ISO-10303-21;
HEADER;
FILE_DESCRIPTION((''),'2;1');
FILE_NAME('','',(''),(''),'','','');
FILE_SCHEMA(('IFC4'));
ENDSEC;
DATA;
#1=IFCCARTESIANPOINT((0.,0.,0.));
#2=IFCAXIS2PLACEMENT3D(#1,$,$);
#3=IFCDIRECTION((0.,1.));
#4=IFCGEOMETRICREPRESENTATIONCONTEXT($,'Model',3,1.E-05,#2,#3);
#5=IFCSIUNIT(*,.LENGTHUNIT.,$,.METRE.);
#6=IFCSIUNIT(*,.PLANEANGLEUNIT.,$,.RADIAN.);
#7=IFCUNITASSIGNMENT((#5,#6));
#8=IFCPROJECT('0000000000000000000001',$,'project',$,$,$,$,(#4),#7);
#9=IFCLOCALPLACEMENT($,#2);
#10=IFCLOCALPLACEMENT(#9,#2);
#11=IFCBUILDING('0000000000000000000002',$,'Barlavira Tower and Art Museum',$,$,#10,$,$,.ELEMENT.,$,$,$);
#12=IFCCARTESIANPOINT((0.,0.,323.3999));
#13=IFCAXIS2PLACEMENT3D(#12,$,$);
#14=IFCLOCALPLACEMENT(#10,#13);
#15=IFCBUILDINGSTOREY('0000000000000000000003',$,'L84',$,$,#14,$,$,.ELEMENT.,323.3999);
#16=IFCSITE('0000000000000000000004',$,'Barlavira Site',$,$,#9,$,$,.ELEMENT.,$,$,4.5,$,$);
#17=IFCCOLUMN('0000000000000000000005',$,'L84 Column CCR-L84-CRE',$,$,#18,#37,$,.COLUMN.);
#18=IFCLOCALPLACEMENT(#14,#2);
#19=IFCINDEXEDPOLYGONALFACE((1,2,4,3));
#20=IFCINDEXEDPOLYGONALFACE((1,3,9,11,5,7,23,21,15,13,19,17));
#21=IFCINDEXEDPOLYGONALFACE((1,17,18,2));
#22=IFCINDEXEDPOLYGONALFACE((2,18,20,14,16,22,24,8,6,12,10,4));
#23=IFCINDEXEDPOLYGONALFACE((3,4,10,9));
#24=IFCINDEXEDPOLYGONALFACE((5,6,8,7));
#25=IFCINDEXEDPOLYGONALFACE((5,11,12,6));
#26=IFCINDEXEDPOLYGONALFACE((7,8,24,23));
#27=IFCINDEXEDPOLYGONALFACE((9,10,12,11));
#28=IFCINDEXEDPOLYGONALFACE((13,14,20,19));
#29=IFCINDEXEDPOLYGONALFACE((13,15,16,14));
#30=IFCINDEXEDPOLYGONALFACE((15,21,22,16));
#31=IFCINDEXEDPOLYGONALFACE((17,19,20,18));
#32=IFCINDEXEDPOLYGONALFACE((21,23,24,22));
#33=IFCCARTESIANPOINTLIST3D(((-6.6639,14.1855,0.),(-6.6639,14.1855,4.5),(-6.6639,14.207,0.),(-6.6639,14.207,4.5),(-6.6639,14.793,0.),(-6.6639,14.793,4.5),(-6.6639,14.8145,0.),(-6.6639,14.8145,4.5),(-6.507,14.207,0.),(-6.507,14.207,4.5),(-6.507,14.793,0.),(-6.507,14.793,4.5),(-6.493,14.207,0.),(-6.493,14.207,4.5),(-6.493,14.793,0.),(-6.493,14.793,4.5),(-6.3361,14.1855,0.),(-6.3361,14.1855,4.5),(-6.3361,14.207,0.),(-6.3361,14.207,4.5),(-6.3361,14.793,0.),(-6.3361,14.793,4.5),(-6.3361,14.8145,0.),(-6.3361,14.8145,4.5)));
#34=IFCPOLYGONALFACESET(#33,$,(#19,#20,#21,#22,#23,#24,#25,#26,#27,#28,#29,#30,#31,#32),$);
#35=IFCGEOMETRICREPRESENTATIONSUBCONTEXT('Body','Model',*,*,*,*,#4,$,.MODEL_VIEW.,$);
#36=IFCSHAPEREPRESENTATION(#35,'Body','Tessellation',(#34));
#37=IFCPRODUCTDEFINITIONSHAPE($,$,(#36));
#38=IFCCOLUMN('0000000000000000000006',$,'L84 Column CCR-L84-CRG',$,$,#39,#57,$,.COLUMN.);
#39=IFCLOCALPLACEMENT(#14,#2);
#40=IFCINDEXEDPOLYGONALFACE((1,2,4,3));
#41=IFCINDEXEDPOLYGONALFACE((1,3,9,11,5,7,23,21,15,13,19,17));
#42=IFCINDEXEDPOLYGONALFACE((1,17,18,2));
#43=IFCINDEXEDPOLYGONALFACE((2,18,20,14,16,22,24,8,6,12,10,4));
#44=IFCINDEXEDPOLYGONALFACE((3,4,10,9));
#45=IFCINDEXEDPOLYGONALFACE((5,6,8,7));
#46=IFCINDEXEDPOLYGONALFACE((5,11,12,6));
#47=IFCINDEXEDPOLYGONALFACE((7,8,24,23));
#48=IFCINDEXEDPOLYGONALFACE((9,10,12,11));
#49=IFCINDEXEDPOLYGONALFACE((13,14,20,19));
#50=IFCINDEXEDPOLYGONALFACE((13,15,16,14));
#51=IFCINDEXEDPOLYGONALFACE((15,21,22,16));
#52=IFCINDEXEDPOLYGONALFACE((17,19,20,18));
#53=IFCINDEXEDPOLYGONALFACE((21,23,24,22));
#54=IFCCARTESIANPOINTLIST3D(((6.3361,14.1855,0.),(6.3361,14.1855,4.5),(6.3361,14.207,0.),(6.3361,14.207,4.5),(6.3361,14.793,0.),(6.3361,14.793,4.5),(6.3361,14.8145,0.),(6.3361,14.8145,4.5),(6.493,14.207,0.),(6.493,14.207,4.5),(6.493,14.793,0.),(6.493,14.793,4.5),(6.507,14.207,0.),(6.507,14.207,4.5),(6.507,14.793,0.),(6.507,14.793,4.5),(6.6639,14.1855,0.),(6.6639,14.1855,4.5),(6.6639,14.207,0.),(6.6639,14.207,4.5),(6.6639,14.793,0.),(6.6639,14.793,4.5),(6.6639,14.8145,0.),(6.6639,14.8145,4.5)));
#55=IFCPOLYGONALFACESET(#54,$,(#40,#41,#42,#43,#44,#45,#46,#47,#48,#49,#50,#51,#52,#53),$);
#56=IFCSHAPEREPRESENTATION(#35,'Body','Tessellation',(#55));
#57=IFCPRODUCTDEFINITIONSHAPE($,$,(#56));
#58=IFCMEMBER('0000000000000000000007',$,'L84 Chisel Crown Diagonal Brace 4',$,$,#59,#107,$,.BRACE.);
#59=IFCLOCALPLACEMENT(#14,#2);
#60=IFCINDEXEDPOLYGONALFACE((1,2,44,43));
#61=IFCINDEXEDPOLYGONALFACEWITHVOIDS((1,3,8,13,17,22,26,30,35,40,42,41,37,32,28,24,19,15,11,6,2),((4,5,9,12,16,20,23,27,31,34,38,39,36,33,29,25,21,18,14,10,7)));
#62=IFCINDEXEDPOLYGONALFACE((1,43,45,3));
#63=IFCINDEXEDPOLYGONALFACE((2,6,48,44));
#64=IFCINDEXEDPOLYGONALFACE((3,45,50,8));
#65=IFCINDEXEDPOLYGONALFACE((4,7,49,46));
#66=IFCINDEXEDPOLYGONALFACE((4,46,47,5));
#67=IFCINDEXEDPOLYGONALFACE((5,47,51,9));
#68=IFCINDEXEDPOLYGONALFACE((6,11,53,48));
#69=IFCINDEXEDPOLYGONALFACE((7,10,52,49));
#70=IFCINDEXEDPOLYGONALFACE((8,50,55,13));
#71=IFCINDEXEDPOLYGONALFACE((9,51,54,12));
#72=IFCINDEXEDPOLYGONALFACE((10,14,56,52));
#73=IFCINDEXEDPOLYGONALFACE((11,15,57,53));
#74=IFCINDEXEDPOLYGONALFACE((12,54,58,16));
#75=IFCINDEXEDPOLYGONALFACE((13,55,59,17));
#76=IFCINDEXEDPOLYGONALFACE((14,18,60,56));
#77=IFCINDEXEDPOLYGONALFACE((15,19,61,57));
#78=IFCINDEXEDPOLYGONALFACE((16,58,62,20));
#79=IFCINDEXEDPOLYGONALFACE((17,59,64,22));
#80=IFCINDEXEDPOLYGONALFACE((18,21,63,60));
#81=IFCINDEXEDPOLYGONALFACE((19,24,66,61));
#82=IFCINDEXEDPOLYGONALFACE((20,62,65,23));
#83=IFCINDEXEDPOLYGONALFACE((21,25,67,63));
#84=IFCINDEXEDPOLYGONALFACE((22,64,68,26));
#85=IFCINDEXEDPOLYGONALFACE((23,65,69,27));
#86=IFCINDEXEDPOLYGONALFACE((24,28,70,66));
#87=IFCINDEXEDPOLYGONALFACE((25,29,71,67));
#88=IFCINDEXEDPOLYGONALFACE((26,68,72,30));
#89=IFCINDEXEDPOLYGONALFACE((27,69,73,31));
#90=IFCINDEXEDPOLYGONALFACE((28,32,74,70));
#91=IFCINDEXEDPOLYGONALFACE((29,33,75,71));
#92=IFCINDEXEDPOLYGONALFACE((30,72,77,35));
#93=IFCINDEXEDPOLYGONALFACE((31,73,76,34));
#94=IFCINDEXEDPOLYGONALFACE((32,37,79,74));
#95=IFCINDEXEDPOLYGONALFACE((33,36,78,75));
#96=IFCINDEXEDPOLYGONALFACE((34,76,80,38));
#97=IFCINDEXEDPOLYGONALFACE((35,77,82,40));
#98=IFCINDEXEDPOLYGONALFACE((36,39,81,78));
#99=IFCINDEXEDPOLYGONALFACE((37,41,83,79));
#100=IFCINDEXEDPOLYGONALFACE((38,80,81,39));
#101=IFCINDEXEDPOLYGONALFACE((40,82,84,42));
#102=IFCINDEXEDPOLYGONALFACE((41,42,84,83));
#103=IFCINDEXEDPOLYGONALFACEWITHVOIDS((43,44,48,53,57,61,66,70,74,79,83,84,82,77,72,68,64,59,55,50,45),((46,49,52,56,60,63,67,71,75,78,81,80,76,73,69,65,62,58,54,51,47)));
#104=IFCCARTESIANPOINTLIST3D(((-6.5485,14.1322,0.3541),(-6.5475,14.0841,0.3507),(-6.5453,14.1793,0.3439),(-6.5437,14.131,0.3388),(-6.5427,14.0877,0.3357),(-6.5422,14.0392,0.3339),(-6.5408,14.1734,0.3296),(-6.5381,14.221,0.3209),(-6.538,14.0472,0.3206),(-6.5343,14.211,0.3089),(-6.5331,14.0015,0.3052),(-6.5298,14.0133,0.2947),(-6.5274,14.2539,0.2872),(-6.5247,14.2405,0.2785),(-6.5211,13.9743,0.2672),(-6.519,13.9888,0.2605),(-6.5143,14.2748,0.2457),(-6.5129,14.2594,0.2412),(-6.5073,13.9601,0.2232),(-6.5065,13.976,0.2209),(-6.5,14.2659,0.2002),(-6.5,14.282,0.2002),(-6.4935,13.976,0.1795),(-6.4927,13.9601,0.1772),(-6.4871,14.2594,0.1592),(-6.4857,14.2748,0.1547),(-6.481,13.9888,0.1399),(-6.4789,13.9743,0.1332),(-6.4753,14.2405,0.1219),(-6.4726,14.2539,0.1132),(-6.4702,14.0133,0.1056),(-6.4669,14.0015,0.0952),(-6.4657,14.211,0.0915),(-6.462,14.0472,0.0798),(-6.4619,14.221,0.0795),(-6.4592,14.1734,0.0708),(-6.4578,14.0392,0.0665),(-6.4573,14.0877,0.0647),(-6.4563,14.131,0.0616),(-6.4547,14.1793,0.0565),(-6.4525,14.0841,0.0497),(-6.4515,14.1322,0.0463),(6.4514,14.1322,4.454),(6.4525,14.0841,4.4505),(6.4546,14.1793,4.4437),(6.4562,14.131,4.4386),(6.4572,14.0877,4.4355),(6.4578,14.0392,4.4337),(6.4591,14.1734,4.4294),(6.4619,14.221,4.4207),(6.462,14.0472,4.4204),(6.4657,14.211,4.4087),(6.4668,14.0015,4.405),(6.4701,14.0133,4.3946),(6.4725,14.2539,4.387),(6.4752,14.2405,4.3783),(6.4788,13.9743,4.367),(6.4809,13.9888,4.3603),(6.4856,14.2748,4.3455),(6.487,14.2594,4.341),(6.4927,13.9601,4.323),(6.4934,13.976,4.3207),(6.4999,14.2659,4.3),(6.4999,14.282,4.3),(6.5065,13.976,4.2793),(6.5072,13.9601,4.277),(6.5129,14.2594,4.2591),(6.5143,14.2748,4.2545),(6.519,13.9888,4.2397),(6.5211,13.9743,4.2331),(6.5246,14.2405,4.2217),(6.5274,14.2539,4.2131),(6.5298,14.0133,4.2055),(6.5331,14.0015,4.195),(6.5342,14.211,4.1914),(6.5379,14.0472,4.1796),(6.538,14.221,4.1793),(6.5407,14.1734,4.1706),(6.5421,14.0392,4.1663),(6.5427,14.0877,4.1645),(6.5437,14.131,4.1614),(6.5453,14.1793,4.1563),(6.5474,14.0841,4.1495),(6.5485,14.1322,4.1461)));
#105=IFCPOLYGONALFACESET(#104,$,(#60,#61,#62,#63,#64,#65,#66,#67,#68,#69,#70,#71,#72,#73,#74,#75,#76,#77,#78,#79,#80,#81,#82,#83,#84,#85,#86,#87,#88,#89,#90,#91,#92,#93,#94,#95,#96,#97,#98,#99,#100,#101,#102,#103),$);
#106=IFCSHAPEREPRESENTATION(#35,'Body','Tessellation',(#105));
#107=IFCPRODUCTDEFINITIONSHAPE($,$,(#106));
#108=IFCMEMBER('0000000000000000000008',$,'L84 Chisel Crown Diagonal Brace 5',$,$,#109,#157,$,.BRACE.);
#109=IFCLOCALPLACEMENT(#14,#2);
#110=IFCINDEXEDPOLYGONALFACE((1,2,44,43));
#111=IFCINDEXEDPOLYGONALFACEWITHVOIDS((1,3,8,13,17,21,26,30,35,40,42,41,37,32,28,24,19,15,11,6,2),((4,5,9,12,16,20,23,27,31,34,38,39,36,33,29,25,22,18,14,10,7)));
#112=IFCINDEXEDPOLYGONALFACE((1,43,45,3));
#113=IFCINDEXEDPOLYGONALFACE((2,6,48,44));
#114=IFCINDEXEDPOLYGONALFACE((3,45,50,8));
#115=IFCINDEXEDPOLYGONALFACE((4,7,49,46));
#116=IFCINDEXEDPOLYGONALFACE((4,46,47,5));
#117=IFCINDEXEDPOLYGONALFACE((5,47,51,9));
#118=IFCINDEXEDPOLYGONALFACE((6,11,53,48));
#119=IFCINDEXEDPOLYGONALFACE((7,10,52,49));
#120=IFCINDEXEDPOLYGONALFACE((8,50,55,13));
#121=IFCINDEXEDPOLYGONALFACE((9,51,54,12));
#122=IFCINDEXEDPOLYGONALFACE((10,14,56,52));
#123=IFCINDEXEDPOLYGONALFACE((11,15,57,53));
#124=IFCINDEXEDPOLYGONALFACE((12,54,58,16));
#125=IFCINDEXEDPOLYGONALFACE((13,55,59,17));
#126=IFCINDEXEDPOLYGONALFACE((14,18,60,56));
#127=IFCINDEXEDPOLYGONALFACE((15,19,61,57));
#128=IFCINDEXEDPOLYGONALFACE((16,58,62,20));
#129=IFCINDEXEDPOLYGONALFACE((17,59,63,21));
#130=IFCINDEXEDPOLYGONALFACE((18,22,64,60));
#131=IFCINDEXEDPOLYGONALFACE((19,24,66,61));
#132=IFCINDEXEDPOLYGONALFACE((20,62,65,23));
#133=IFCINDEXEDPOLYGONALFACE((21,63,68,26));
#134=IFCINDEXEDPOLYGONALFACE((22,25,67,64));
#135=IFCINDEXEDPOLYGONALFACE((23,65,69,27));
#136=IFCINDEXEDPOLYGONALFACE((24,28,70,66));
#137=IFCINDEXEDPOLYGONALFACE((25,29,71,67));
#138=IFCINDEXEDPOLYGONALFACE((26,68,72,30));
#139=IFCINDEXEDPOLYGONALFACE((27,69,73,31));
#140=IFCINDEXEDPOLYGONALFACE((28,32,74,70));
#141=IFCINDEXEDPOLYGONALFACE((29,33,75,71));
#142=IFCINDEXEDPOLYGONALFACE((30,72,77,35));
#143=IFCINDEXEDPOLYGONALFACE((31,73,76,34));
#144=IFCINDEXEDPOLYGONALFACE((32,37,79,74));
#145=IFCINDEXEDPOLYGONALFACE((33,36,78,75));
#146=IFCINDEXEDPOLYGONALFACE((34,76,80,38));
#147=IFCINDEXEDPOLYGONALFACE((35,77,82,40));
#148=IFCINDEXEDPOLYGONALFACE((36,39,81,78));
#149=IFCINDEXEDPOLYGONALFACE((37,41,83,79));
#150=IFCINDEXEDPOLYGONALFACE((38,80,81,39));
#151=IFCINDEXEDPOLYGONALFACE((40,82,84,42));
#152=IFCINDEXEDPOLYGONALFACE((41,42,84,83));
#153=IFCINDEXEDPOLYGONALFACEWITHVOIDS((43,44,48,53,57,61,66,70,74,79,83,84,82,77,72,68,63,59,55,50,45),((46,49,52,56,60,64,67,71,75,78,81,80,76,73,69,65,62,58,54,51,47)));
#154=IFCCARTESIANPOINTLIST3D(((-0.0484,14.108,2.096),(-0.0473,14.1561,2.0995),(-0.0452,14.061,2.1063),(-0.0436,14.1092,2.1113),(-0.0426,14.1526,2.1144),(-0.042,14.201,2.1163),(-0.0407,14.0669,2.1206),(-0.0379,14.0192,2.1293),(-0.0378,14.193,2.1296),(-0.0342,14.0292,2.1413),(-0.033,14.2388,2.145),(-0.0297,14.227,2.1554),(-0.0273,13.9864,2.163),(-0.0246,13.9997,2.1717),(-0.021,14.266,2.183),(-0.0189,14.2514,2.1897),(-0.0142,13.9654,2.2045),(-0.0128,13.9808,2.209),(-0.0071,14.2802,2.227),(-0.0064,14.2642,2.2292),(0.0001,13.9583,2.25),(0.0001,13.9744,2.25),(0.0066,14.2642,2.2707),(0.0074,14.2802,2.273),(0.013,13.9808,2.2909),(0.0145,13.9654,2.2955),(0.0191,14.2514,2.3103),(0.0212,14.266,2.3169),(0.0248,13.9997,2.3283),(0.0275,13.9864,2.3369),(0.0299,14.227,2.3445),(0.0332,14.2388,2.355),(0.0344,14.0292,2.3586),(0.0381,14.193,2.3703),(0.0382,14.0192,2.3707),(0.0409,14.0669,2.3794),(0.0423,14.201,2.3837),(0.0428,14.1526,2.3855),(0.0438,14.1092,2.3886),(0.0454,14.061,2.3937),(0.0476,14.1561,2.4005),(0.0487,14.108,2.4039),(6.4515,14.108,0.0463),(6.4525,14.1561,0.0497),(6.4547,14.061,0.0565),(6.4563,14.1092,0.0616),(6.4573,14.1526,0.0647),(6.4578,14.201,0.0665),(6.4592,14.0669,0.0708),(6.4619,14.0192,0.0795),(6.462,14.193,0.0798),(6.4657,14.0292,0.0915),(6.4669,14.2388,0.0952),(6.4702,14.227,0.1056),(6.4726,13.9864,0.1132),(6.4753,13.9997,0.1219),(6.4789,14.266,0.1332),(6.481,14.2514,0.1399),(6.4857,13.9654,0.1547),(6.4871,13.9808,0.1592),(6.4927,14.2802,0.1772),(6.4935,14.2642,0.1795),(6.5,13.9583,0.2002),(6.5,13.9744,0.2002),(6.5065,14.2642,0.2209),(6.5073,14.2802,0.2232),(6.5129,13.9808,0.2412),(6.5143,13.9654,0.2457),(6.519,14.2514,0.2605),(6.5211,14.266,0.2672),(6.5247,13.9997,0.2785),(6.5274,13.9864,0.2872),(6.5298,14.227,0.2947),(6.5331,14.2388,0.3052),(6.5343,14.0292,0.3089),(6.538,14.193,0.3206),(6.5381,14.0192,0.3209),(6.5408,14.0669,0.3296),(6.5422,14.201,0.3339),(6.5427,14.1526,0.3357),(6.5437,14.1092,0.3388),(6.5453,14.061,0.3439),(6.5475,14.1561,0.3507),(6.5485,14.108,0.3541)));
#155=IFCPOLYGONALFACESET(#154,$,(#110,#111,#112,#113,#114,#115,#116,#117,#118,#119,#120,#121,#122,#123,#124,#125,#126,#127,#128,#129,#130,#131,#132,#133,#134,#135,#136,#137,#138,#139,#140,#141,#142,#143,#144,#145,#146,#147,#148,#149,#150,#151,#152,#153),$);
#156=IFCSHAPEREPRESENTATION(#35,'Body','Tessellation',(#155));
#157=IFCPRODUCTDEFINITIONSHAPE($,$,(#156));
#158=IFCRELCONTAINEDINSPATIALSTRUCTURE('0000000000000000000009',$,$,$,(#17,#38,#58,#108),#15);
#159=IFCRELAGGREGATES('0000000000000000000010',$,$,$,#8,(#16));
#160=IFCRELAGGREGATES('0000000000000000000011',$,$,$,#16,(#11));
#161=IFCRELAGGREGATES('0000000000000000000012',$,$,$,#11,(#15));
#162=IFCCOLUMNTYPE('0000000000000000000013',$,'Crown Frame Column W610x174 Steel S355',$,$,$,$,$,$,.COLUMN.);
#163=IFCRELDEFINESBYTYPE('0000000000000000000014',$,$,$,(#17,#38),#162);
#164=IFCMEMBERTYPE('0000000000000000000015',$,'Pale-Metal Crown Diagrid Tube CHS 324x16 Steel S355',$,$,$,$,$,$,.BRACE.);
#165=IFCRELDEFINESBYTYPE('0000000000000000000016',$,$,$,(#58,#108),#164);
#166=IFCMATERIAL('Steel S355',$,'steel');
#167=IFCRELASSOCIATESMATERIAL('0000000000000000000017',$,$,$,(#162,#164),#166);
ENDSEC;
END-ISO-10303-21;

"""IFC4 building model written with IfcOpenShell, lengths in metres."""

from ifc_helpers import new_model, si_unit, direction, frame, origin, origin_2d, place, context, subcontext, project, spatial, hollow_circle, i_section, extrude, material, material_profile, profile_set, type_object, element, save


model = new_model("IFC4")

# Units and contexts
model_context = context("Model", 3, precision=1e-05, world=origin(), true_north=direction((0.0, 1.0)))
body_context = subcontext(model_context, "Body", "Model", "MODEL_VIEW")
ifc_project = project(units=[si_unit("LENGTHUNIT", "METRE"), si_unit("PLANEANGLEUNIT", "RADIAN")], contexts=[model_context])

# Site, building, storey
site_placement = place(None, origin())
site = spatial("IfcSite", under=ifc_project, at=site_placement, Name="Barlavira Site", CompositionType="ELEMENT", RefElevation=4.5)
building_placement = place(site_placement, origin())
building = spatial("IfcBuilding", under=site, at=building_placement, Name="Barlavira Tower and Art Museum", CompositionType="ELEMENT")
storey_placement = place(building_placement, frame((0.0, 0.0, 323.3999)))
storey = spatial("IfcBuildingStorey", under=building, at=storey_placement, Name="L84", CompositionType="ELEMENT", Elevation=323.3999)

# Columns
ifc_material_1 = material(Name="Steel S355", Category="steel")
ifc_material_profile_1 = material_profile(ifc_material_1, i_section(OverallWidth=0.3279, OverallDepth=0.6289, WebThickness=0.0139, FlangeThickness=0.0215, at=origin_2d()), Name="W610x174.0")
ifc_profile_set_1 = profile_set([ifc_material_profile_1], Name="Steel S355")
column_type = type_object("IfcColumnType", Name="Crown Frame Column W610x174 Steel S355", PredefinedType="COLUMN", material=ifc_profile_set_1)
for number, where, z_axis, x_axis, name in (
    (1, (-6.5, 14.5, 0.0), (0.0, 0.0, 1.0), (1.0, 0.0, 0.0), "L84 Column CCR-L84-CRE"),
    (2, (6.5, 14.5, 0.0), (0.0, 0.0, 1.0), (1.0, 0.0, 0.0), "L84 Column CCR-L84-CRG"),
):
    element("IfcColumn", number, at=place(storey_placement, frame(where, z_axis=z_axis, x_axis=x_axis)), inside=storey, type_object=column_type, Name=name, PredefinedType="COLUMN", context=body_context, shape_type="SweptSolid", body=[
        extrude(i_section(OverallWidth=0.3279, OverallDepth=0.6289, WebThickness=0.0139, FlangeThickness=0.0215, at=origin_2d()), origin(), (0.0, 0.0, 1.0), 4.5),
    ])

# Members
ifc_material_profile_2 = material_profile(ifc_material_1, hollow_circle(Radius=0.1619, WallThickness=0.0161, at=origin_2d()), Name="CHS 323.9x16.0")
ifc_profile_set_2 = profile_set([ifc_material_profile_2], Name="Steel S355")
member_type = type_object("IfcMemberType", Name="Pale-Metal Crown Diagrid Tube CHS 324x16 Steel S355", PredefinedType="BRACE", material=ifc_profile_set_2)
member_1_placement = place(storey_placement, frame((-6.5, 14.1201, 0.2002), z_axis=(0.953697, 0.0, 0.30077), x_axis=(0.0, 1.0, 0.0)))
element("IfcMember", 3, at=member_1_placement, inside=storey, type_object=member_type, Name="L84 Chisel Crown Diagonal Brace 4", PredefinedType="BRACE", context=body_context, shape_type="SweptSolid", body=[
    extrude(hollow_circle(Radius=0.1619, WallThickness=0.0161, at=origin_2d()), origin(), (0.0, 0.0, 1.0), 13.6311),
])
member_2_placement = place(storey_placement, frame((6.5, 14.1201, 0.2002), z_axis=(-0.953702, 0.0, 0.300754), x_axis=(0.0, -1.0, 0.0)))
element("IfcMember", 4, at=member_2_placement, inside=storey, type_object=member_type, Name="L84 Chisel Crown Diagonal Brace 5", PredefinedType="BRACE", context=body_context, shape_type="SweptSolid", body=[
    extrude(hollow_circle(Radius=0.1619, WallThickness=0.0161, at=origin_2d()), origin(), (0.0, 0.0, 1.0), 6.8154),
])

save(model, "model.ifc")
